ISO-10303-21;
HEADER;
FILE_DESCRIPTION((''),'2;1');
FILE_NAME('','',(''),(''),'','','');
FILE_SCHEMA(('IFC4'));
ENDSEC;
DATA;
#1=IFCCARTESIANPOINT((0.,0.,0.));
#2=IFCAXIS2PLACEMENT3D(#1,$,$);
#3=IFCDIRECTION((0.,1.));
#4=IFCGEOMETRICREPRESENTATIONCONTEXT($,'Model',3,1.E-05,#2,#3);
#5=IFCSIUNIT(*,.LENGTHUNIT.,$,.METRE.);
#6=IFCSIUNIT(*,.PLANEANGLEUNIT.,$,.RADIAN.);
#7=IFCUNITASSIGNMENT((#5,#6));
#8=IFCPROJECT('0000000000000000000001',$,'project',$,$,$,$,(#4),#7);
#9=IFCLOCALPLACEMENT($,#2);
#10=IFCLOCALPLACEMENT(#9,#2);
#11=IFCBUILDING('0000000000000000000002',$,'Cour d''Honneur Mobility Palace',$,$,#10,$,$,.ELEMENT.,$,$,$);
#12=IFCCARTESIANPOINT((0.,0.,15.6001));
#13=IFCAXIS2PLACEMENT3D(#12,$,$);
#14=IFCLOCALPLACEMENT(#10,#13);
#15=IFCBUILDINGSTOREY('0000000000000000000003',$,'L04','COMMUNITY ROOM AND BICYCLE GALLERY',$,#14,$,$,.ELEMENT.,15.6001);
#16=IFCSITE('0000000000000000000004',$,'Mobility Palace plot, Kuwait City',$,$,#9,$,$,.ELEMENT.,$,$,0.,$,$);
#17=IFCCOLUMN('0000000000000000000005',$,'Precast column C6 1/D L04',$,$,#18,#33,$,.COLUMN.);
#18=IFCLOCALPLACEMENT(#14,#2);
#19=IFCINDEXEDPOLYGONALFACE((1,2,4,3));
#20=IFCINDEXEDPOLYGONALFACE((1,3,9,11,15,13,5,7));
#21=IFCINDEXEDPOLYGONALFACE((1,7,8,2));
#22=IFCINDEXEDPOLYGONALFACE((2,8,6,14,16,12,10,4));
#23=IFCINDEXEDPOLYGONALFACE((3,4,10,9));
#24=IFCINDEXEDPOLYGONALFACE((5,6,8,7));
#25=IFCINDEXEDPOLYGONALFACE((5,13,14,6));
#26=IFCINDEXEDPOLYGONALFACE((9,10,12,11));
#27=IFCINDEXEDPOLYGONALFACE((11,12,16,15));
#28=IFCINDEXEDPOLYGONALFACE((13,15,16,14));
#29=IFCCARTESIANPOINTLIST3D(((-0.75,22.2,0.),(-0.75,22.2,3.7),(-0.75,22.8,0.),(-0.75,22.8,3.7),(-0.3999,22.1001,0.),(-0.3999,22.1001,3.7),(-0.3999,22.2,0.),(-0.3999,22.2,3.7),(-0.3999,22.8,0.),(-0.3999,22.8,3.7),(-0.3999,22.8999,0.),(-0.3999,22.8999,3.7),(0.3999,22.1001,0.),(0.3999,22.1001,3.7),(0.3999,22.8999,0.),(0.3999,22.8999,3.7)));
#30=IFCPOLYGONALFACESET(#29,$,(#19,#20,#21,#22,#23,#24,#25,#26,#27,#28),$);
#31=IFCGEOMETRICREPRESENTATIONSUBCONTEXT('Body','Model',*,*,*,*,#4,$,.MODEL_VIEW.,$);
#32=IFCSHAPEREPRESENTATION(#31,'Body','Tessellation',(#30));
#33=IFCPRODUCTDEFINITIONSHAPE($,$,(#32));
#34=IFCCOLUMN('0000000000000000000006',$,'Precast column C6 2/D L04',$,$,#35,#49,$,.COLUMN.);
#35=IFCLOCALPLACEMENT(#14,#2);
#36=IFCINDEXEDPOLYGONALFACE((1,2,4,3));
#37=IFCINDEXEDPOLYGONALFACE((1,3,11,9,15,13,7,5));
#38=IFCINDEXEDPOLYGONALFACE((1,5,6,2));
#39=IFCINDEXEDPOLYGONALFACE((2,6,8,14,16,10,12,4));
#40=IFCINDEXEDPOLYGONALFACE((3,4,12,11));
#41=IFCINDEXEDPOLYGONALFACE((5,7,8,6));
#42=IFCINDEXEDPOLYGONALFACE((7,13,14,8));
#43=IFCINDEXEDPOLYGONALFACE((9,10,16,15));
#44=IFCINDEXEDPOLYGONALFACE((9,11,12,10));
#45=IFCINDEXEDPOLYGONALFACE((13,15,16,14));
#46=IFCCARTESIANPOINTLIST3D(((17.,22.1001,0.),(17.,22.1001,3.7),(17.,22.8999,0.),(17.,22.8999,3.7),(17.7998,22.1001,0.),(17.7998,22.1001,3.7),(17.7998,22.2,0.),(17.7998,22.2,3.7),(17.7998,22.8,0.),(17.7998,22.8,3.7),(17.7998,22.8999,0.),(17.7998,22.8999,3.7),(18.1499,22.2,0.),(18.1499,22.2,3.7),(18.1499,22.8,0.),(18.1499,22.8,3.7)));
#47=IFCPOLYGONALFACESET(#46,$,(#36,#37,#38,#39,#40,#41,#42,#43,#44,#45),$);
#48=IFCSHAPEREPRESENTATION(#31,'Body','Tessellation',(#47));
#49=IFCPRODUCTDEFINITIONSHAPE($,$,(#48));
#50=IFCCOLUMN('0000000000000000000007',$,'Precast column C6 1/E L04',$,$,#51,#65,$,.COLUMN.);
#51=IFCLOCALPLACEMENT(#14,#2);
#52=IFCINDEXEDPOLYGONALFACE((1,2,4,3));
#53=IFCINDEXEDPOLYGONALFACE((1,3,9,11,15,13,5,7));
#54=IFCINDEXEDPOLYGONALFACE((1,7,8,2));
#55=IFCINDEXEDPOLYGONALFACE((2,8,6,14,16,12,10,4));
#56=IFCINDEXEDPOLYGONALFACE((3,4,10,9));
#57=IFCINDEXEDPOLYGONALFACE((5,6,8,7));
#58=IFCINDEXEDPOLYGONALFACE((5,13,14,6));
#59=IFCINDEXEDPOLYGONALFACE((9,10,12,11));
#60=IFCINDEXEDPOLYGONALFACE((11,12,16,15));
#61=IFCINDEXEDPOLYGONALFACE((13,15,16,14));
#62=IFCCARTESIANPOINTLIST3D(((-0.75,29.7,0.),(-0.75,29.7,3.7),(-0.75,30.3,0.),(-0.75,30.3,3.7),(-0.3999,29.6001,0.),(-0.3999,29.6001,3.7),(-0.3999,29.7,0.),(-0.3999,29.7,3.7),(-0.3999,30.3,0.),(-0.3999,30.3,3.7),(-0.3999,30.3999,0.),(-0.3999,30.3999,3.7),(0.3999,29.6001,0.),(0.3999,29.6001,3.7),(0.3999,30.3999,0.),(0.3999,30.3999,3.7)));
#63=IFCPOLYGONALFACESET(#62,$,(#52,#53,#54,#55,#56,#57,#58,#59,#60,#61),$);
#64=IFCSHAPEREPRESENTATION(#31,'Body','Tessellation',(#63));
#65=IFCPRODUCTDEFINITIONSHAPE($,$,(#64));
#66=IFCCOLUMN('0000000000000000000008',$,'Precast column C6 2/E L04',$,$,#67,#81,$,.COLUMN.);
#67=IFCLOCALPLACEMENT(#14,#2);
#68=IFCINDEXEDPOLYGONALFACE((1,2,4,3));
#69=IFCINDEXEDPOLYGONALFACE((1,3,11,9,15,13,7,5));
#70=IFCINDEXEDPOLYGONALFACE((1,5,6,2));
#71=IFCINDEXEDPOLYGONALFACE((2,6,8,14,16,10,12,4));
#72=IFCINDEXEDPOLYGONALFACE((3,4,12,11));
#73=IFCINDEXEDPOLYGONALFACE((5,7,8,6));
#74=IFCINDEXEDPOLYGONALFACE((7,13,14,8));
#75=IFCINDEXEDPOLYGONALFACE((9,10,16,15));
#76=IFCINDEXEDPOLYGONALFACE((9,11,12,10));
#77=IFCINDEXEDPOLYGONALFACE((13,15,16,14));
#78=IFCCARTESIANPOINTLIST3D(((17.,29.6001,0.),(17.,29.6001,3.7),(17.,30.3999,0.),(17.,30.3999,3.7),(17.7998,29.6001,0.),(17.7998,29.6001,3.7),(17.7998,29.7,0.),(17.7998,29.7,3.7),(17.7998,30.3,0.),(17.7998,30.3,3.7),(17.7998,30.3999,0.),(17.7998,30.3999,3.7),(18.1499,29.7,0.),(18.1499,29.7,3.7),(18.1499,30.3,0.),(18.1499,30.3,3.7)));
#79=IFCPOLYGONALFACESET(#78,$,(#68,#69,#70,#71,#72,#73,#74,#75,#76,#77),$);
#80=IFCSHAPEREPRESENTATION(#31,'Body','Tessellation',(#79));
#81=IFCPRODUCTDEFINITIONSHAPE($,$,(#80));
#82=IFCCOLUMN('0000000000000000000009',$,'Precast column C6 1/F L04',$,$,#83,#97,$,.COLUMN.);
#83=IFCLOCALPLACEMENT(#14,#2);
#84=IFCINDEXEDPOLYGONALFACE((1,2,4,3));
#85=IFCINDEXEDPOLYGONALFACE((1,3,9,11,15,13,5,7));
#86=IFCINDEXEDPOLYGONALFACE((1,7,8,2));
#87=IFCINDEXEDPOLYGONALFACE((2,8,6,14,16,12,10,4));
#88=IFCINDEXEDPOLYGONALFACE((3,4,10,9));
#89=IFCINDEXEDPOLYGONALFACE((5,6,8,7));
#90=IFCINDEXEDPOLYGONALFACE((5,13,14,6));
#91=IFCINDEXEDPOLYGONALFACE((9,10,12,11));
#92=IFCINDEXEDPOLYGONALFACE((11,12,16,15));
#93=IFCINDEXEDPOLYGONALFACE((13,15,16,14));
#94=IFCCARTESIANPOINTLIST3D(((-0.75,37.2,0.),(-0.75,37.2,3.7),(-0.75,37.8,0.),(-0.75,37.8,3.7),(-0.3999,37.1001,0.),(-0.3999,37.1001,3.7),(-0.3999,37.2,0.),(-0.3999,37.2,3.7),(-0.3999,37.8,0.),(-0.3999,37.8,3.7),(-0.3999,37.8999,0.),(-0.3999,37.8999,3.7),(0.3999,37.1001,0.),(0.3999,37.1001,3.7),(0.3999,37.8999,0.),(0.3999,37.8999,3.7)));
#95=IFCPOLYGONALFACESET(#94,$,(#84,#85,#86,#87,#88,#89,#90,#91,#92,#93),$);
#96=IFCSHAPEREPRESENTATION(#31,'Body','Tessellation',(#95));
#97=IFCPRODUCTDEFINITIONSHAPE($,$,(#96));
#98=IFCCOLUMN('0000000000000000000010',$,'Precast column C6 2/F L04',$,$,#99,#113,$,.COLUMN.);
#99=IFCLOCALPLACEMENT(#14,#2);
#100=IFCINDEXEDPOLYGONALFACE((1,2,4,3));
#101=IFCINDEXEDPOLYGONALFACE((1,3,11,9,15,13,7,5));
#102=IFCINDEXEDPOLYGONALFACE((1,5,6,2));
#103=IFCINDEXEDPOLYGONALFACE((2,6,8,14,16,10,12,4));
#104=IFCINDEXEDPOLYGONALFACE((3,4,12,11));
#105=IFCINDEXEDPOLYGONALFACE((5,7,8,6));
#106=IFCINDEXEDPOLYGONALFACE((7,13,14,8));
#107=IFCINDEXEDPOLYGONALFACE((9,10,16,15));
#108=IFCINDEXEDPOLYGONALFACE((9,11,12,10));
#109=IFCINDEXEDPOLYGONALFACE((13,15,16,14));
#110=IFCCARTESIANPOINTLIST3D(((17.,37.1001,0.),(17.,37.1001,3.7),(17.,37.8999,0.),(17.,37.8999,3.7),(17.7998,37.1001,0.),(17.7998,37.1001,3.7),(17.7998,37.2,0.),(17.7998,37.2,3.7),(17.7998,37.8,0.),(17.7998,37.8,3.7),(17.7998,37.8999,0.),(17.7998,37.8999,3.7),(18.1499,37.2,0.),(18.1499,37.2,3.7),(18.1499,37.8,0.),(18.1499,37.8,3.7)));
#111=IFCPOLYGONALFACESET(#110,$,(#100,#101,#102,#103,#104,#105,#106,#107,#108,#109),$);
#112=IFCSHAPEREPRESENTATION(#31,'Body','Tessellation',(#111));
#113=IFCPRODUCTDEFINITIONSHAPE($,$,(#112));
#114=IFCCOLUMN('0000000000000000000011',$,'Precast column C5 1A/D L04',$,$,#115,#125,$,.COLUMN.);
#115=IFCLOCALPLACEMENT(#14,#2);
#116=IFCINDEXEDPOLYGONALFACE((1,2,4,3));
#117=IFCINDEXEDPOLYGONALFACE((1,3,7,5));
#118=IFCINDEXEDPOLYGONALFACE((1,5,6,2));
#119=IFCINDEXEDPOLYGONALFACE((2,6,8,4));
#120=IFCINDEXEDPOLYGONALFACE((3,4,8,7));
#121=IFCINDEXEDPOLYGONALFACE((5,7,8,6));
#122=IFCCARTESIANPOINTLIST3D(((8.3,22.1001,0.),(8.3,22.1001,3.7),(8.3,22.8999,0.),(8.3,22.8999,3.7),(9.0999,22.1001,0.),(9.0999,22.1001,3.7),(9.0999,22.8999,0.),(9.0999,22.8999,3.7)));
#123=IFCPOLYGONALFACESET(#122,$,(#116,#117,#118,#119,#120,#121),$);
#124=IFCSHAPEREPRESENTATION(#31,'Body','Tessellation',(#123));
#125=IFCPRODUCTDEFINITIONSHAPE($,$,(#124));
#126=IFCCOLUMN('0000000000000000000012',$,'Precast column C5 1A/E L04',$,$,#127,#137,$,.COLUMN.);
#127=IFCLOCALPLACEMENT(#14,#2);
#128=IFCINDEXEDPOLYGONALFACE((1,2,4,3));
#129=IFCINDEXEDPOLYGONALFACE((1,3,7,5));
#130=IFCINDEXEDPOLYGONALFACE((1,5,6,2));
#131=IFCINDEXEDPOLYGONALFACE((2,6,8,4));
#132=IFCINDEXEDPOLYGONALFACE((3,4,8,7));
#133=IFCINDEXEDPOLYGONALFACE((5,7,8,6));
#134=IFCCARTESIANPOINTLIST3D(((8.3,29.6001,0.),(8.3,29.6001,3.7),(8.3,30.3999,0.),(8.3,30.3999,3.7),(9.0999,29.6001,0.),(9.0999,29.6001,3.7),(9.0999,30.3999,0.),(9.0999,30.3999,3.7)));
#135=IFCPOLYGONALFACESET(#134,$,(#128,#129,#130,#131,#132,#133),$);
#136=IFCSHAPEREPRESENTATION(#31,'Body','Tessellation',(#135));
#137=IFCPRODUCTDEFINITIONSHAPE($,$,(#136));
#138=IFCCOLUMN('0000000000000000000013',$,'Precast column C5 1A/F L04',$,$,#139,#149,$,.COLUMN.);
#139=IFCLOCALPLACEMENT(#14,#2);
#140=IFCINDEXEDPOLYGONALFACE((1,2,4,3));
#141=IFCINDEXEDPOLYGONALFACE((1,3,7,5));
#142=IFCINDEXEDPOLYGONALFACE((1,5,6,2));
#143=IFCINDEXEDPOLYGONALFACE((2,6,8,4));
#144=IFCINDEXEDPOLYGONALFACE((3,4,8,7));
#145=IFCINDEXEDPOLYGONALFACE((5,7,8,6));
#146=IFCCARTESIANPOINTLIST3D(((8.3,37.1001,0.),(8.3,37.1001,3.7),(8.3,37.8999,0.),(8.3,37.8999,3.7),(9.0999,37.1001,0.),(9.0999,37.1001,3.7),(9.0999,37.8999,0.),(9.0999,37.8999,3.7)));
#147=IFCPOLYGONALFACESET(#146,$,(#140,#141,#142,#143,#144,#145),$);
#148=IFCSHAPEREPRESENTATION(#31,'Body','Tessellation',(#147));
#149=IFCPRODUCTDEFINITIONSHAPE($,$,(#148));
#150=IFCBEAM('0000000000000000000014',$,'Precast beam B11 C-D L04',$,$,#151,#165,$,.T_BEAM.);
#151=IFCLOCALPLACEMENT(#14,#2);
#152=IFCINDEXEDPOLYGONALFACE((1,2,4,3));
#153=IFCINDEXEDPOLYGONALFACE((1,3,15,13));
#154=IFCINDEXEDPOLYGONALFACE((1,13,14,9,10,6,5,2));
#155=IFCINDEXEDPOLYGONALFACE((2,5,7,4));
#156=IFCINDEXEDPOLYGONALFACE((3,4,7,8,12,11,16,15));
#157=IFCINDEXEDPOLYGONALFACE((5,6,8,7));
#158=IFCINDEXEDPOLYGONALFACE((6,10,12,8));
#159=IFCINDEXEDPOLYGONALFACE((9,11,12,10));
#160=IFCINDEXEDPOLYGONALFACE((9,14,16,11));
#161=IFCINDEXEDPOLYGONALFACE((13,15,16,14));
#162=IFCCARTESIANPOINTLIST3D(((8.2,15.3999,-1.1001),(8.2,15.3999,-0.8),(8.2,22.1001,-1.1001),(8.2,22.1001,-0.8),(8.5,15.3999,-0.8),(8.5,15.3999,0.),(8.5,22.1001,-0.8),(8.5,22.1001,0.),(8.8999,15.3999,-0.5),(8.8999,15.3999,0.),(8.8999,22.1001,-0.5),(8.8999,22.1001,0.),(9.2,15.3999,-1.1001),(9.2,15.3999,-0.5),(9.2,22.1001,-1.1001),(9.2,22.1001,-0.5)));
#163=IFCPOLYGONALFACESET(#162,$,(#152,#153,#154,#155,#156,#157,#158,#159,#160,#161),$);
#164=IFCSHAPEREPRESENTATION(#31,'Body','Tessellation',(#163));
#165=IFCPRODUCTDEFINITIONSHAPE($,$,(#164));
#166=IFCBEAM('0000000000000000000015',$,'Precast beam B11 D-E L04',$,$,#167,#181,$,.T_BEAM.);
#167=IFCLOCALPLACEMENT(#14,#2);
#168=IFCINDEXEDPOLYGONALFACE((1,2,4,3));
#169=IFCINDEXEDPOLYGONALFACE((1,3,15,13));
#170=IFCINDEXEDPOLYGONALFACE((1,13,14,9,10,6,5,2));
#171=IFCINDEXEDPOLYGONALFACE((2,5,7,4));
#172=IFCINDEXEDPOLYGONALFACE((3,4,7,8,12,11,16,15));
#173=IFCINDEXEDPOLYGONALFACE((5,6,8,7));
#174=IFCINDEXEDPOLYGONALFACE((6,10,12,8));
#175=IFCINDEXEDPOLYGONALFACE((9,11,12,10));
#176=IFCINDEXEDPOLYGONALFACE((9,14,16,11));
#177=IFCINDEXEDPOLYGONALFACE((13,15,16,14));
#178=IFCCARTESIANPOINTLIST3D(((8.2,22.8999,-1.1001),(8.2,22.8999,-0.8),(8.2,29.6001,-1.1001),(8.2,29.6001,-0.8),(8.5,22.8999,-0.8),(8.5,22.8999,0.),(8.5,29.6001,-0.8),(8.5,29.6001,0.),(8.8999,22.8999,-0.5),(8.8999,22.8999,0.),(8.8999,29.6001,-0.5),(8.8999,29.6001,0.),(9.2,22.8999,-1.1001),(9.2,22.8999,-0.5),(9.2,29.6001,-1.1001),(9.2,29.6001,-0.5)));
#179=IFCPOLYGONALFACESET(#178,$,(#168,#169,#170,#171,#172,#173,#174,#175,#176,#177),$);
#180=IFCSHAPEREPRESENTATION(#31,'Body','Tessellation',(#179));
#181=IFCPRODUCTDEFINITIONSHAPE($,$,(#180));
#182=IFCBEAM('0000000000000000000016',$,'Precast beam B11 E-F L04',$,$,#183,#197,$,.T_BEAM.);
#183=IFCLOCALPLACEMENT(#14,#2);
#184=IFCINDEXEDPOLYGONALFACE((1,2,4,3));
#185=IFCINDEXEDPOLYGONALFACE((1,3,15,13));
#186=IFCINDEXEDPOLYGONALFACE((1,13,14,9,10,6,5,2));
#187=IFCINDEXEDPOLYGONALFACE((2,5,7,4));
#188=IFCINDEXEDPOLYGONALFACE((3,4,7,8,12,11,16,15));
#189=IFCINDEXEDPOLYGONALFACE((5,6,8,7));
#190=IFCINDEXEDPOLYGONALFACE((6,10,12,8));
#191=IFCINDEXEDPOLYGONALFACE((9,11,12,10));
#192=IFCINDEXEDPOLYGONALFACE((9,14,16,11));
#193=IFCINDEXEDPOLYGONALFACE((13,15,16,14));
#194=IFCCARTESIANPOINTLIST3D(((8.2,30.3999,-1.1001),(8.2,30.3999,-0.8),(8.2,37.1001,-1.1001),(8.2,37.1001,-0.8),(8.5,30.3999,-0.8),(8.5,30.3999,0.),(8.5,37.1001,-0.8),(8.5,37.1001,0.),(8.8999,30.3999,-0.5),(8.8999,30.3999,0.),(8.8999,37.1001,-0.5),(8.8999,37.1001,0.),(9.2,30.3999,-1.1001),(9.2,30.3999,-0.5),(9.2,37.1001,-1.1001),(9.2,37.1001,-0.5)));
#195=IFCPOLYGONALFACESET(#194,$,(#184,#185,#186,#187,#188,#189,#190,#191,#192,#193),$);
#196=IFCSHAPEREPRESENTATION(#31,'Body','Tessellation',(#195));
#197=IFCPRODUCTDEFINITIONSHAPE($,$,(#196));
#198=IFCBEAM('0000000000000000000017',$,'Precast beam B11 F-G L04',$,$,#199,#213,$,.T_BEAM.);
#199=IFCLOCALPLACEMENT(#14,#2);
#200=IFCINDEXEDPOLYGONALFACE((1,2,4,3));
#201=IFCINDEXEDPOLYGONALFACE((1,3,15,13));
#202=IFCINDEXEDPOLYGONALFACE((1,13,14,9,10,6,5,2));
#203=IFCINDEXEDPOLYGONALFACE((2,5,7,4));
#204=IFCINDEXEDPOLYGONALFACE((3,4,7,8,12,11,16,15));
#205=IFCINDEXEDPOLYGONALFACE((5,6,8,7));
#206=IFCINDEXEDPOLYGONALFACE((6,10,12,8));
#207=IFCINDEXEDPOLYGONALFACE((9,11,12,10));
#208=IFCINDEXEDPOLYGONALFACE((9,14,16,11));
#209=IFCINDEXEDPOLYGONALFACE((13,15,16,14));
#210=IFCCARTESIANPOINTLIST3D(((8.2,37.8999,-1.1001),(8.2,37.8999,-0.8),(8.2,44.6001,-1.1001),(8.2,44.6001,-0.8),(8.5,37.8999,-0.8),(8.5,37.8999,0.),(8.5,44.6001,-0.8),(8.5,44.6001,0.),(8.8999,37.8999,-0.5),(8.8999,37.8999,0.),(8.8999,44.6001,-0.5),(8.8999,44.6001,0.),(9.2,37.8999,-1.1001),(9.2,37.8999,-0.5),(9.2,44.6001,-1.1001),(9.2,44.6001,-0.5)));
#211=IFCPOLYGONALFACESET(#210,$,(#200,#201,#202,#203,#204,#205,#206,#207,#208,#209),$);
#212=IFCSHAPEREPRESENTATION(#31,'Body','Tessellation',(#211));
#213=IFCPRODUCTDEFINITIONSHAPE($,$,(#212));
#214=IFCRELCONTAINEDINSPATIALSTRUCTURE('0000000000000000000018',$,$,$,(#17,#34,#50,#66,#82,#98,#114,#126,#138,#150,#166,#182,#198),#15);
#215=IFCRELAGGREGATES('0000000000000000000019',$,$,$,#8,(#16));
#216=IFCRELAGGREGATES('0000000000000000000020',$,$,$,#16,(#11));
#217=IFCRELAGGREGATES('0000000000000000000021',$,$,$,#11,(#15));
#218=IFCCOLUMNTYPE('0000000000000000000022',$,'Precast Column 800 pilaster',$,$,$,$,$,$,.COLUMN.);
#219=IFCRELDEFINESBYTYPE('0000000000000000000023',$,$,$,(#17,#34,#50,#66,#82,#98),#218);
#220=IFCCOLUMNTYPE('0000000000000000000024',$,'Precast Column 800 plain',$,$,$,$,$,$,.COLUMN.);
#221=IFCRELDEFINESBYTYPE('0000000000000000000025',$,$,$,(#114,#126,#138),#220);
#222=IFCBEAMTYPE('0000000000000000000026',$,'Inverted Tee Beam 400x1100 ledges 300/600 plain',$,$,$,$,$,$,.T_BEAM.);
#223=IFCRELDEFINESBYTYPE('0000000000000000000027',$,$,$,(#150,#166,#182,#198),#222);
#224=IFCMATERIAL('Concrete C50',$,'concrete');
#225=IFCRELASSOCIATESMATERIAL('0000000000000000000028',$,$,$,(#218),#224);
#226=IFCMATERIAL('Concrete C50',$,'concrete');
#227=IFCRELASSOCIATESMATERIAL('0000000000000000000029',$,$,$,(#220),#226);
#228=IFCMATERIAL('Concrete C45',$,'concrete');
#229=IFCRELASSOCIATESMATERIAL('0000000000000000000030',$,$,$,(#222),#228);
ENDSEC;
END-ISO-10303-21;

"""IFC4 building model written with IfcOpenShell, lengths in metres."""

from ifc_helpers import new_model, si_unit, direction, frame, origin, place, context, subcontext, project, spatial, polyline, outline, extrude, material, material_profile, profile_set, type_object, element, save


model = new_model("IFC4")

# Units and contexts
model_context = context("Model", 3, precision=1e-05, world=origin(), true_north=direction((0.0, 1.0)))
body_context = subcontext(model_context, "Body", "Model", "MODEL_VIEW")
ifc_project = project(units=[si_unit("LENGTHUNIT", "METRE"), si_unit("PLANEANGLEUNIT", "RADIAN")], contexts=[model_context])

# Site, building, storey
site_placement = place(None, origin())
site = spatial("IfcSite", under=ifc_project, at=site_placement, Name="Mobility Palace plot, Kuwait City", CompositionType="ELEMENT", RefElevation=0.0)
building_placement = place(site_placement, origin())
building = spatial("IfcBuilding", under=site, at=building_placement, Name="Cour d'Honneur Mobility Palace", CompositionType="ELEMENT")
storey_placement = place(building_placement, frame((0.0, 0.0, 15.6001)))
storey = spatial("IfcBuildingStorey", under=building, at=storey_placement, Name="L04", Description="COMMUNITY ROOM AND BICYCLE GALLERY", CompositionType="ELEMENT", Elevation=15.6001)

# Columns
ifc_material_1 = material(Name="Concrete C50", Category="concrete")
ifc_material_profile_1 = material_profile(ifc_material_1, outline(polyline([(-0.3999, -0.3999), (0.3999, -0.3999), (0.3999, -0.3), (0.75, -0.3), (0.75, 0.3), (0.3999, 0.3), (0.3999, 0.3999), (-0.3999, 0.3999), (-0.3999, -0.3999)])), Name="PC C800 pilaster")
ifc_profile_set_1 = profile_set([ifc_material_profile_1], Name="Concrete C50")
column_type_1 = type_object("IfcColumnType", Name="Precast Column 800 pilaster", PredefinedType="COLUMN", material=ifc_profile_set_1)
for number, where, z_axis, x_axis, name in (
    (1, (0.0, 22.5, 0.0), (0.0, 0.0, 1.0), (-1.0, 0.0, 0.0), "Precast column C6 1/D L04"),
    (2, (17.3999, 22.5, 0.0), (0.0, 0.0, 1.0), (1.0, 0.0, 0.0), "Precast column C6 2/D L04"),
    (3, (0.0, 30.0, 0.0), (0.0, 0.0, 1.0), (-1.0, 0.0, 0.0), "Precast column C6 1/E L04"),
    (4, (17.3999, 30.0, 0.0), (0.0, 0.0, 1.0), (1.0, 0.0, 0.0), "Precast column C6 2/E L04"),
    (5, (0.0, 37.5, 0.0), (0.0, 0.0, 1.0), (-1.0, 0.0, 0.0), "Precast column C6 1/F L04"),
    (6, (17.3999, 37.5, 0.0), (0.0, 0.0, 1.0), (1.0, 0.0, 0.0), "Precast column C6 2/F L04"),
):
    element("IfcColumn", number, at=place(storey_placement, frame(where, z_axis=z_axis, x_axis=x_axis)), inside=storey, type_object=column_type_1, Name=name, PredefinedType="COLUMN", context=body_context, shape_type="SweptSolid", body=[
        extrude(outline(polyline([(-0.3999, -0.3999), (0.3999, -0.3999), (0.3999, -0.3), (0.75, -0.3), (0.75, 0.3), (0.3999, 0.3), (0.3999, 0.3999), (-0.3999, 0.3999), (-0.3999, -0.3999)])), origin(), (0.0, 0.0, 1.0), 3.7),
    ])
ifc_material_2 = material(Name="Concrete C50", Category="concrete")
ifc_material_profile_2 = material_profile(ifc_material_2, outline(polyline([(-0.3999, -0.3999), (0.3999, -0.3999), (0.3999, 0.3999), (-0.3999, 0.3999), (-0.3999, -0.3999)])), Name="PC C800 plain")
ifc_profile_set_2 = profile_set([ifc_material_profile_2], Name="Concrete C50")
column_type_2 = type_object("IfcColumnType", Name="Precast Column 800 plain", PredefinedType="COLUMN", material=ifc_profile_set_2)
for number, where, z_axis, x_axis, name in (
    (7, (8.7, 22.5, 0.0), (0.0, 0.0, 1.0), (1.0, 0.0, 0.0), "Precast column C5 1A/D L04"),
    (8, (8.7, 30.0, 0.0), (0.0, 0.0, 1.0), (1.0, 0.0, 0.0), "Precast column C5 1A/E L04"),
    (9, (8.7, 37.5, 0.0), (0.0, 0.0, 1.0), (1.0, 0.0, 0.0), "Precast column C5 1A/F L04"),
):
    element("IfcColumn", number, at=place(storey_placement, frame(where, z_axis=z_axis, x_axis=x_axis)), inside=storey, type_object=column_type_2, Name=name, PredefinedType="COLUMN", context=body_context, shape_type="SweptSolid", body=[
        extrude(outline(polyline([(-0.3999, -0.3999), (0.3999, -0.3999), (0.3999, 0.3999), (-0.3999, 0.3999), (-0.3999, -0.3999)])), origin(), (0.0, 0.0, 1.0), 3.7),
    ])

# Beams
ifc_material_3 = material(Name="Concrete C45", Category="concrete")
ifc_material_profile_3 = material_profile(ifc_material_3, outline(polyline([(0.5, -1.1001), (0.5, -0.8), (0.2, -0.8), (0.2, 0.0), (-0.2, 0.0), (-0.2, -0.5), (-0.5, -0.5), (-0.5, -1.1001), (0.5, -1.1001)])), Name="Inverted Tee Beam 400x1100 ledges 300/600 plain")
ifc_profile_set_3 = profile_set([ifc_material_profile_3], Name="Concrete C45")
beam_type_1 = type_object("IfcBeamType", Name="Inverted Tee Beam 400x1100 ledges 300/600 plain", PredefinedType="T_BEAM", material=ifc_profile_set_3)
for number, where, z_axis, x_axis, name in (
    (10, (8.7, 15.3999, 0.0), (0.0, 1.0, 0.0), (-1.0, 0.0, 0.0), "Precast beam B11 C-D L04"),
    (11, (8.7, 22.8999, 0.0), (0.0, 1.0, 0.0), (-1.0, 0.0, 0.0), "Precast beam B11 D-E L04"),
    (12, (8.7, 30.3999, 0.0), (0.0, 1.0, 0.0), (-1.0, 0.0, 0.0), "Precast beam B11 E-F L04"),
    (13, (8.7, 37.8999, 0.0), (0.0, 1.0, 0.0), (-1.0, 0.0, 0.0), "Precast beam B11 F-G L04"),
):
    element("IfcBeam", number, at=place(storey_placement, frame(where, z_axis=z_axis, x_axis=x_axis)), inside=storey, type_object=beam_type_1, Name=name, PredefinedType="T_BEAM", context=body_context, shape_type="SweptSolid", body=[
        extrude(outline(polyline([(0.5, -1.1001), (0.5, -0.8), (0.2, -0.8), (0.2, 0.0), (-0.2, 0.0), (-0.2, -0.5), (-0.5, -0.5), (-0.5, -1.1001), (0.5, -1.1001)])), origin(), (0.0, 0.0, 1.0), 6.7002),
    ])

save(model, "model.ifc")
